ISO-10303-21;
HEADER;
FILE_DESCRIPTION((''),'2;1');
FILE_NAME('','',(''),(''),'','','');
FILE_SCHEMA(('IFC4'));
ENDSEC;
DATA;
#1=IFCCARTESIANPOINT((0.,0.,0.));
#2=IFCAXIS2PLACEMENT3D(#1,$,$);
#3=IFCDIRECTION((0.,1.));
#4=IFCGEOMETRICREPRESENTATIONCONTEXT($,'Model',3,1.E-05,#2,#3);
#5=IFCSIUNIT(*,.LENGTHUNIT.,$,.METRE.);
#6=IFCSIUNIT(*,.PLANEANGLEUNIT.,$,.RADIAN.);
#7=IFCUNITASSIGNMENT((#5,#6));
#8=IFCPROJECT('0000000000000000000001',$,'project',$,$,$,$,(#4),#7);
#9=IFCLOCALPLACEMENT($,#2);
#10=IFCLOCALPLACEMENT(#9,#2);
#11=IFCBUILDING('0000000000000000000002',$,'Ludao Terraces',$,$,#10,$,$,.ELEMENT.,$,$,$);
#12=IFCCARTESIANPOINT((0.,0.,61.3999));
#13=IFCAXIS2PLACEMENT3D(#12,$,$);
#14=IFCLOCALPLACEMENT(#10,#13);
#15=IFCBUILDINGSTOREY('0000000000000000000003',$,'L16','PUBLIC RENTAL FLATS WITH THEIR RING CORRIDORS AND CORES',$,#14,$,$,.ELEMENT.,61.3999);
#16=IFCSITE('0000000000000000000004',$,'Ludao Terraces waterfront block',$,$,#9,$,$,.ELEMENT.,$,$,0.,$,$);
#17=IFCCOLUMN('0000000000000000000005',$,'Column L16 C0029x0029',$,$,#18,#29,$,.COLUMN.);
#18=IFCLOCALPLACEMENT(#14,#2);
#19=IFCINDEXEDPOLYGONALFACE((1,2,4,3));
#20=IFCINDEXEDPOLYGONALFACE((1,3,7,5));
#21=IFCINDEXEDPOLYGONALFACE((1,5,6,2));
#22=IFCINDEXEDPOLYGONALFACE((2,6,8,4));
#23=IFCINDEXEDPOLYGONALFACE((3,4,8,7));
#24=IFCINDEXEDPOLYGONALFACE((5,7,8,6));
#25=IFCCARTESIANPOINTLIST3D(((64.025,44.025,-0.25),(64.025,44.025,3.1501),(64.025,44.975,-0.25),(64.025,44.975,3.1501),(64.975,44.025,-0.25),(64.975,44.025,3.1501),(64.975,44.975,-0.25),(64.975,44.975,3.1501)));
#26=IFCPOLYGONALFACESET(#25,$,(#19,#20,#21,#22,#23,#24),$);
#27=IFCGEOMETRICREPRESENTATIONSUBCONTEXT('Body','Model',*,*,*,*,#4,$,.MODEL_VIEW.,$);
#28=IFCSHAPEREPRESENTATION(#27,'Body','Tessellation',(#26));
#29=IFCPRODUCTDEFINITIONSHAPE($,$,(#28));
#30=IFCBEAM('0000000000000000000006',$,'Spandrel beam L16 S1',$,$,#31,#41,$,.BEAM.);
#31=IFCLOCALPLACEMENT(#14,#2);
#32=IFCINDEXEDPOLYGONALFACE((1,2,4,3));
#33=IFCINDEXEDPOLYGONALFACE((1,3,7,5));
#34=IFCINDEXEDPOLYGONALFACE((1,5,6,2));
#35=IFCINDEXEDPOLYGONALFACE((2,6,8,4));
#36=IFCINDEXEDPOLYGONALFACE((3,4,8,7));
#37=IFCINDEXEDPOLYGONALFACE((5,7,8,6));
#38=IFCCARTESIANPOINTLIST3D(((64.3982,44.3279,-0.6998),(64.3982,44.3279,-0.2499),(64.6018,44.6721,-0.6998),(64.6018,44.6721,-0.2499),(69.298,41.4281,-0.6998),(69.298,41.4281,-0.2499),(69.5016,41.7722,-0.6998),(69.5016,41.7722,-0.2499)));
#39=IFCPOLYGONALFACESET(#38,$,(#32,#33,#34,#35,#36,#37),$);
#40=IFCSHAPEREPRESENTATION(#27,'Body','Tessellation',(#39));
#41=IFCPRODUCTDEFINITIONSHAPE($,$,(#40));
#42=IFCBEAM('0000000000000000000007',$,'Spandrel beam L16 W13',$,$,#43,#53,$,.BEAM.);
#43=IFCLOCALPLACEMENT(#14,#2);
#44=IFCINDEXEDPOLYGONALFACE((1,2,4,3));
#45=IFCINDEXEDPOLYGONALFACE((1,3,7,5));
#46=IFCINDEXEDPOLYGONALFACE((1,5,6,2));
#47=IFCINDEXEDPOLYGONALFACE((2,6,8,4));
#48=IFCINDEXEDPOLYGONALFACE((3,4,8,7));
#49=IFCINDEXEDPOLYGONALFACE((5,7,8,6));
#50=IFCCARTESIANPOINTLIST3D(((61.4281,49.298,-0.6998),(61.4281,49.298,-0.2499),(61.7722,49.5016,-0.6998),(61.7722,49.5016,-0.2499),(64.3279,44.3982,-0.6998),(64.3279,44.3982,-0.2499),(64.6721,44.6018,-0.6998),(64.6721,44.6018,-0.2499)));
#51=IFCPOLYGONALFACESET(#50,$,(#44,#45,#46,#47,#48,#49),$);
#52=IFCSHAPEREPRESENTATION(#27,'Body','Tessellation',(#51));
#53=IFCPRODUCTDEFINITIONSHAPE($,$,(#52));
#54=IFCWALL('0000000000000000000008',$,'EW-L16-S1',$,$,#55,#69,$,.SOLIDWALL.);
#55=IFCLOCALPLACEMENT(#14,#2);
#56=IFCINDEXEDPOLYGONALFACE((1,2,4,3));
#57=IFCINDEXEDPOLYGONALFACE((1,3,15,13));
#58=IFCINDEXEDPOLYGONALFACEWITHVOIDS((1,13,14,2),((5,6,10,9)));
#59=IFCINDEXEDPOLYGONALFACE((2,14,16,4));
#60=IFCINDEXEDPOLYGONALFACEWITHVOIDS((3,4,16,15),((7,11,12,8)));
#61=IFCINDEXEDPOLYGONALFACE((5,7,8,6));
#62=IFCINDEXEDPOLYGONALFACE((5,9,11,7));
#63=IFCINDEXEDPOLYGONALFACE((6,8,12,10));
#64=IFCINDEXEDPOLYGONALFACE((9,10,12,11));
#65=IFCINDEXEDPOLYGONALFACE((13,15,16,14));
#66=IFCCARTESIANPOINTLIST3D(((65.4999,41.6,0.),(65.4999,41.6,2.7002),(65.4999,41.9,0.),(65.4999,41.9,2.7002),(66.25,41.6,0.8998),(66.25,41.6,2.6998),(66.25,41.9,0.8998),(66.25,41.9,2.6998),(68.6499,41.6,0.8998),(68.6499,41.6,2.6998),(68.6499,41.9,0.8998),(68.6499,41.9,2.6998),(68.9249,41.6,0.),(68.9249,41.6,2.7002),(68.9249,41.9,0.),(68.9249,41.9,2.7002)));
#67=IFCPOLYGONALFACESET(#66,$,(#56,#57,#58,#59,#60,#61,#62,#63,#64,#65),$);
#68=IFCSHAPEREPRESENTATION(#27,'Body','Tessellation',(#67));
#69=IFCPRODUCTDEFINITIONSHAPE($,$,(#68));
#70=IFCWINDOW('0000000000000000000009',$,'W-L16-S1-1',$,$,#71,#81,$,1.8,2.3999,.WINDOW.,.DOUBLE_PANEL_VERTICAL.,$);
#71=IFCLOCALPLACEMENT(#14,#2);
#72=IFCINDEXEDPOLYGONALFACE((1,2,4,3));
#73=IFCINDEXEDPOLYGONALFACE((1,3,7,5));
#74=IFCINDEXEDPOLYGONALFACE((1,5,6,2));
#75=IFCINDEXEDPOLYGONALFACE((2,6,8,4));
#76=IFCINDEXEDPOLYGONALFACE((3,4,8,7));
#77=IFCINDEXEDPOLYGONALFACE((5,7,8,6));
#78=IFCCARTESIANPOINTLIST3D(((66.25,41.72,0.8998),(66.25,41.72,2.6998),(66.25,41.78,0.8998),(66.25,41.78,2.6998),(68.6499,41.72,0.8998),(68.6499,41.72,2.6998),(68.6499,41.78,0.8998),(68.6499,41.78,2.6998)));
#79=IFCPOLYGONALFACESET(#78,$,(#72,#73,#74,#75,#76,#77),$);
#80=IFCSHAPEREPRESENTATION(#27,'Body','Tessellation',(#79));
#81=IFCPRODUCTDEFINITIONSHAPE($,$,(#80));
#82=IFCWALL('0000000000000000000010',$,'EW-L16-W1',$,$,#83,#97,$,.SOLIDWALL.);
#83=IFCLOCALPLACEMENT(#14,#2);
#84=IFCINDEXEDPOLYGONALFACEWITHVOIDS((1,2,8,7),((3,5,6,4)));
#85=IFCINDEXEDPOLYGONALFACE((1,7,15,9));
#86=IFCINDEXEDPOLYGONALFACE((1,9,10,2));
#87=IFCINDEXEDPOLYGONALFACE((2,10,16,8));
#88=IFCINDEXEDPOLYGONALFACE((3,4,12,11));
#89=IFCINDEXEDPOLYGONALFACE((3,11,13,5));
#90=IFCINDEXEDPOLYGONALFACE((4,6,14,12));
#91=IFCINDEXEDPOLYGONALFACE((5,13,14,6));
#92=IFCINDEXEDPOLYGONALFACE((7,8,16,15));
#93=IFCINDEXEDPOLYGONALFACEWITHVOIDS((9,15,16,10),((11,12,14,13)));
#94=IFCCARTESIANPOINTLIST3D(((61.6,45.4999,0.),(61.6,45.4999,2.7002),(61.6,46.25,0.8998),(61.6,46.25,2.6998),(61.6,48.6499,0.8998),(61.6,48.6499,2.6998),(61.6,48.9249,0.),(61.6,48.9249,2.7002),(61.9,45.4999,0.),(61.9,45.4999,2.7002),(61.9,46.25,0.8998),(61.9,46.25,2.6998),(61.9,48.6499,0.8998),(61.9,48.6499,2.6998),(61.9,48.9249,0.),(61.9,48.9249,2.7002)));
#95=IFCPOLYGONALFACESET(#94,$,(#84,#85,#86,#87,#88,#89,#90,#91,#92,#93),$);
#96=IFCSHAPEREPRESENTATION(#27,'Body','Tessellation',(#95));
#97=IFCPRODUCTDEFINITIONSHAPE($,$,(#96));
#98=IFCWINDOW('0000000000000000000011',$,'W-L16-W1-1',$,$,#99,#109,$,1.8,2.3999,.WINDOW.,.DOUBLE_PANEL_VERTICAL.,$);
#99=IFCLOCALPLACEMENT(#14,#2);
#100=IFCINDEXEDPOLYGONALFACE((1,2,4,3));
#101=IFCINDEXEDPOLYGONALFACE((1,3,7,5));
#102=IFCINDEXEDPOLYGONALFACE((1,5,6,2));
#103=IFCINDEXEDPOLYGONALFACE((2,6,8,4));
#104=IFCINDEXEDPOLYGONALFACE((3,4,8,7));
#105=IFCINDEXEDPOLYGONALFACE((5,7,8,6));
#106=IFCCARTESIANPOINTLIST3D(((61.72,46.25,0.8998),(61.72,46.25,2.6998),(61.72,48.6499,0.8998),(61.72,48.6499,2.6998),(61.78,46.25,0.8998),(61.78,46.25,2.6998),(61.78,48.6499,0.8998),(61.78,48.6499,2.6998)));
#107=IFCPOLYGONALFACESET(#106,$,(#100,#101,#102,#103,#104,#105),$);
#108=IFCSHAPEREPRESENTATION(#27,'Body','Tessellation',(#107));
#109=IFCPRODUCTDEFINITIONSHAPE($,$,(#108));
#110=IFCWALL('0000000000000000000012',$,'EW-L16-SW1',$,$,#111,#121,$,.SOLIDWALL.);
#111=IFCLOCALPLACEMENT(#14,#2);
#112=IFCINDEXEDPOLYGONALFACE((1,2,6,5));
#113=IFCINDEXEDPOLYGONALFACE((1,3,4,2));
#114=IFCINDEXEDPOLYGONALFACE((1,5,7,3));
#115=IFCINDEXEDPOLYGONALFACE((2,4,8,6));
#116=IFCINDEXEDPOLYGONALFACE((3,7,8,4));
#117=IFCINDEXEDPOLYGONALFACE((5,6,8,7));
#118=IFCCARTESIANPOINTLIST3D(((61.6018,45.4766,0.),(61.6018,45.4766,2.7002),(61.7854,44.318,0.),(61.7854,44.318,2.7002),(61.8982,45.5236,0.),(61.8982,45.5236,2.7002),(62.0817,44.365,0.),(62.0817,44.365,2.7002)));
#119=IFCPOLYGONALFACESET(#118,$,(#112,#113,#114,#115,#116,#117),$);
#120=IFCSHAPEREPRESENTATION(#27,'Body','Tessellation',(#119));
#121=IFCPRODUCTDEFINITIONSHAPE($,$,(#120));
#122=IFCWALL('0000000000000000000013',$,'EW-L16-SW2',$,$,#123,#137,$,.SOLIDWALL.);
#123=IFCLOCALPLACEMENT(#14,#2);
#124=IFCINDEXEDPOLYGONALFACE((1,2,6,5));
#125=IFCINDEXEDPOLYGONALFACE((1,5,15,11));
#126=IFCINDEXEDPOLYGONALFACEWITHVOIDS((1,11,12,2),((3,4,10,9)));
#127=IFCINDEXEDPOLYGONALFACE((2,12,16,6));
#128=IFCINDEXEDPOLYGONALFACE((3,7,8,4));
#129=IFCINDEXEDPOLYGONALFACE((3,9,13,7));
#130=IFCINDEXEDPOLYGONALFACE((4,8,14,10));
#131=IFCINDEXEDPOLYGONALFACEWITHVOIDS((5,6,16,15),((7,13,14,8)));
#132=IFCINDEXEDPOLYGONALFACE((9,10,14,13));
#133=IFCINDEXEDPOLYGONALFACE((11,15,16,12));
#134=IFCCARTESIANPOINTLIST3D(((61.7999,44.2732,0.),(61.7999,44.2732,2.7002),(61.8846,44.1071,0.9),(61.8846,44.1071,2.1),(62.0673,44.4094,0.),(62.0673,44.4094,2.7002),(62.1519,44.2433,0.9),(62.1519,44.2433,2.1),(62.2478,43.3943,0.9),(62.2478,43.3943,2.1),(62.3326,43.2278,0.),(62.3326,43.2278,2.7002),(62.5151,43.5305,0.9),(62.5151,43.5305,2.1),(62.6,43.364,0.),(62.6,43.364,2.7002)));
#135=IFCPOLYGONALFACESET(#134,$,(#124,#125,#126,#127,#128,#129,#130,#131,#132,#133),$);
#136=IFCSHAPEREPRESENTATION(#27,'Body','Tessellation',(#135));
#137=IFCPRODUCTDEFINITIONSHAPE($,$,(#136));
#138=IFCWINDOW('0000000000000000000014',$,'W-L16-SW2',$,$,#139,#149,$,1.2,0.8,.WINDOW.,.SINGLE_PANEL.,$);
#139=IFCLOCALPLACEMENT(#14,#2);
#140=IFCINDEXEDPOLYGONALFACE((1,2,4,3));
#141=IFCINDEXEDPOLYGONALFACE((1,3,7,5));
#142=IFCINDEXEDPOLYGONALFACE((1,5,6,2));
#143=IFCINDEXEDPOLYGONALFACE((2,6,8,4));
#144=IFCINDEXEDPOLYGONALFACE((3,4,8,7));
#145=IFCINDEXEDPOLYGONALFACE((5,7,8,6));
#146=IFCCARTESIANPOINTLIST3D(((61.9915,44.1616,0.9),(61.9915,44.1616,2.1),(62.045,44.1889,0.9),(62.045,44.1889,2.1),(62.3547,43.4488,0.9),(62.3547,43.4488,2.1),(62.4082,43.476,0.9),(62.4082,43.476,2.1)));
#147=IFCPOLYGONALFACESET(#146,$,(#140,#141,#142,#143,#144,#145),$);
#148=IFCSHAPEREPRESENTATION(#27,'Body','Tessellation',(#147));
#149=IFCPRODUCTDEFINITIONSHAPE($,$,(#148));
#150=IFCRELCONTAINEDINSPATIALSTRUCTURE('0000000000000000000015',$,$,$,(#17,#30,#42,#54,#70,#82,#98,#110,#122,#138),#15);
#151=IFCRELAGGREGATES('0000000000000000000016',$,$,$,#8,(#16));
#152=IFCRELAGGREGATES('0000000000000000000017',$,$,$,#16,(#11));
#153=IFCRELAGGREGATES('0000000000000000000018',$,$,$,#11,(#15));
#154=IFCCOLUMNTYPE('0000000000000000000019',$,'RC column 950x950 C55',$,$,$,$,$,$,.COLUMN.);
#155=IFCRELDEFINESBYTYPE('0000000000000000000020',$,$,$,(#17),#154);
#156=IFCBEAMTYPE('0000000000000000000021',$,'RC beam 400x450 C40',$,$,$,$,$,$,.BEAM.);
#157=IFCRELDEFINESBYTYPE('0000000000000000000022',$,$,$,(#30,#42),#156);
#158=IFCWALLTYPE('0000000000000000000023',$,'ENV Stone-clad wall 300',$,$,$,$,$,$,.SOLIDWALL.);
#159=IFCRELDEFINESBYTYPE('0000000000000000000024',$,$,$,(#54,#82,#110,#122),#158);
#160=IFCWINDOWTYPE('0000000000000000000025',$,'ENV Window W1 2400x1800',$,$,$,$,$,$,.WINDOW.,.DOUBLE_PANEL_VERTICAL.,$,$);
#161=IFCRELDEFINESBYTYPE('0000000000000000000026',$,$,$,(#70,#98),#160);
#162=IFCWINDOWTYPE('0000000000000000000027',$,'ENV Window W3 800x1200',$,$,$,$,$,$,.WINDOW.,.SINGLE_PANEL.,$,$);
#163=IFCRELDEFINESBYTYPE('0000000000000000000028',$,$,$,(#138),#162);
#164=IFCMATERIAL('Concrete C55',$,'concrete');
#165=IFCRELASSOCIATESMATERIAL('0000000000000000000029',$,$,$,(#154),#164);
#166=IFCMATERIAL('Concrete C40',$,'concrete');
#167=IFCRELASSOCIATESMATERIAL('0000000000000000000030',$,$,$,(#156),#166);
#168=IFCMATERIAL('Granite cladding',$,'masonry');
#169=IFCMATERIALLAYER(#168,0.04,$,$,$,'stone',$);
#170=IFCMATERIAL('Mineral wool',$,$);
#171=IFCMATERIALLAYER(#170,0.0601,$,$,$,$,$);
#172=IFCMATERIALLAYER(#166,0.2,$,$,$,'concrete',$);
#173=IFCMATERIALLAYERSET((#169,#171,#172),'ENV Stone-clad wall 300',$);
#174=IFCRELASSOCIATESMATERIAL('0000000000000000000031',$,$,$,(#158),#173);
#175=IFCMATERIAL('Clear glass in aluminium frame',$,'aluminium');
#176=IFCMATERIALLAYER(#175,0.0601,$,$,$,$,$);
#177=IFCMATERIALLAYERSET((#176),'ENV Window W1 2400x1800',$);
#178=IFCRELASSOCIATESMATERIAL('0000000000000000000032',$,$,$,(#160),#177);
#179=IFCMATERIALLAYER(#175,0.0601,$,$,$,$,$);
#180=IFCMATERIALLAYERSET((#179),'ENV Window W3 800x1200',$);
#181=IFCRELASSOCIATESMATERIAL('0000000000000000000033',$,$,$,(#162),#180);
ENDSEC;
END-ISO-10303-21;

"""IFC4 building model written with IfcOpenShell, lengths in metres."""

from ifc_helpers import new_model, si_unit, direction, frame, frame_2d, origin, origin_2d, place, context, subcontext, project, spatial, rectangle, extrude, material, layer, layer_set, material_profile, profile_set, type_object, element, fill, save


model = new_model("IFC4")

# Units and contexts
model_context = context("Model", 3, precision=1e-05, world=origin(), true_north=direction((0.0, 1.0)))
body_context = subcontext(model_context, "Body", "Model", "MODEL_VIEW")
ifc_project = project(units=[si_unit("LENGTHUNIT", "METRE"), si_unit("PLANEANGLEUNIT", "RADIAN")], contexts=[model_context])

# Site, building, storey
site_placement = place(None, origin())
site = spatial("IfcSite", under=ifc_project, at=site_placement, Name="Ludao Terraces waterfront block", CompositionType="ELEMENT", RefElevation=0.0)
building_placement = place(site_placement, origin())
building = spatial("IfcBuilding", under=site, at=building_placement, Name="Ludao Terraces", CompositionType="ELEMENT")
storey_placement = place(building_placement, frame((0.0, 0.0, 61.3999)))
storey = spatial("IfcBuildingStorey", under=building, at=storey_placement, Name="L16", Description="PUBLIC RENTAL FLATS WITH THEIR RING CORRIDORS AND CORES", CompositionType="ELEMENT", Elevation=61.3999)

# Column
ifc_material_1 = material(Name="Concrete C55", Category="concrete")
ifc_material_profile_1 = material_profile(ifc_material_1, rectangle(XDim=0.95, YDim=0.95, at=origin_2d()), Name="950 X 950")
ifc_profile_set_1 = profile_set([ifc_material_profile_1], Name="Concrete C55")
column_type = type_object("IfcColumnType", Name="RC column 950x950 C55", PredefinedType="COLUMN", material=ifc_profile_set_1)
column_placement = place(storey_placement, frame((64.5, 44.5, -0.25), z_axis=(0.0, 0.0, 1.0), x_axis=(1.0, 0.0, 0.0)))
element("IfcColumn", 1, at=column_placement, inside=storey, type_object=column_type, Name="Column L16 C0029x0029", PredefinedType="COLUMN", context=body_context, shape_type="SweptSolid", body=[
    extrude(rectangle(XDim=0.95, YDim=0.95, at=origin_2d()), origin(), (0.0, 0.0, 1.0), 3.4001),
])

# Beams
ifc_material_2 = material(Name="Concrete C40", Category="concrete")
ifc_material_profile_2 = material_profile(ifc_material_2, rectangle(XDim=0.3999, YDim=0.45, at=origin_2d()), Name="400 X 450")
ifc_profile_set_2 = profile_set([ifc_material_profile_2], Name="Concrete C40")
beam_type = type_object("IfcBeamType", Name="RC beam 400x450 C40", PredefinedType="BEAM", material=ifc_profile_set_2)
for number, where, z_axis, x_axis, name in (
    (2, (64.5, 44.5, -0.4749), (0.86058, -0.509316, 0.0), (0.509316, 0.86058, 0.0), "Spandrel beam L16 S1"),
    (3, (64.5, 44.5, -0.4749), (-0.509316, 0.86058, 0.0), (-0.86058, -0.509316, 0.0), "Spandrel beam L16 W13"),
):
    element("IfcBeam", number, at=place(storey_placement, frame(where, z_axis=z_axis, x_axis=x_axis)), inside=storey, type_object=beam_type, Name=name, PredefinedType="BEAM", context=body_context, shape_type="SweptSolid", body=[
        extrude(rectangle(XDim=0.3999, YDim=0.45, at=origin_2d()), origin(), (0.0, 0.0, 1.0), 5.6936),
    ])

# Walls, openings, windows
ifc_material_3 = material(Name="Granite cladding", Category="masonry")
ifc_layer_1 = layer(ifc_material_3, 0.04, Category="stone")
ifc_material_4 = material(Name="Mineral wool")
ifc_layer_2 = layer(ifc_material_4, 0.0601)
ifc_layer_3 = layer(ifc_material_2, 0.2, Category="concrete")
ifc_layer_set_1 = layer_set([ifc_layer_1, ifc_layer_2, ifc_layer_3], Name="ENV Stone-clad wall 300")
wall_type_1 = type_object("IfcWallType", Name="ENV Stone-clad wall 300", PredefinedType="SOLIDWALL", material=ifc_layer_set_1)
wall_1_placement = place(storey_placement, frame((65.5, 41.75, 0.0), z_axis=(0.0, 0.0, 1.0), x_axis=(1.0, 0.0, 0.0)))
wall_1 = element("IfcWall", 4, at=wall_1_placement, inside=storey, type_object=wall_type_1, Name="EW-L16-S1", PredefinedType="SOLIDWALL", context=body_context, shape_type="SweptSolid", body=[
    extrude(rectangle(XDim=3.425, YDim=0.3, at=frame_2d((1.7124, 0.0))), origin(), (0.0, 0.0, 1.0), 2.7002),
])
opening_1_placement = place(wall_1_placement, frame((0.75, 0.0, 0.8999)))
opening_1 = element("IfcOpeningElement", 5, at=opening_1_placement, cuts=wall_1, PredefinedType="OPENING", context=body_context, shape_type="SweptSolid", body=[
    extrude(rectangle(XDim=2.3999, YDim=1.8, at=frame_2d((1.2, 0.8999))), frame((0.0, 0.1602, 0.0), z_axis=(0.0, -1.0, 0.0), x_axis=(1.0, 0.0, 0.0)), (0.0, 0.0, 1.0), 0.3201),
])
ifc_material_5 = material(Name="Clear glass in aluminium frame", Category="aluminium")
ifc_layer_4 = layer(ifc_material_5, 0.0601)
ifc_layer_set_2 = layer_set([ifc_layer_4], Name="ENV Window W1 2400x1800")
window_type_1 = type_object("IfcWindowType", Name="ENV Window W1 2400x1800", PartitioningType="DOUBLE_PANEL_VERTICAL", PredefinedType="WINDOW", material=ifc_layer_set_2)
window_1_placement = place(opening_1_placement, origin())
window_1 = element("IfcWindow", 6, at=window_1_placement, inside=storey, type_object=window_type_1, Name="W-L16-S1-1", OverallHeight=1.8, OverallWidth=2.3999, PartitioningType="DOUBLE_PANEL_VERTICAL", PredefinedType="WINDOW", context=body_context, shape_type="SweptSolid", body=[
    extrude(rectangle(XDim=2.3999, YDim=1.8, at=frame_2d((1.2, 0.8999))), frame((0.0, 0.03, 0.0), z_axis=(0.0, -1.0, 0.0), x_axis=(1.0, 0.0, 0.0)), (0.0, 0.0, 1.0), 0.0601),
])
fill(opening_1, window_1)
wall_2_placement = place(storey_placement, frame((61.75, 45.5, 0.0), z_axis=(0.0, 0.0, 1.0), x_axis=(0.0, 1.0, 0.0)))
wall_2 = element("IfcWall", 7, at=wall_2_placement, inside=storey, type_object=wall_type_1, Name="EW-L16-W1", PredefinedType="SOLIDWALL", context=body_context, shape_type="SweptSolid", body=[
    extrude(rectangle(XDim=3.425, YDim=0.3, at=frame_2d((1.7124, 0.0))), origin(), (0.0, 0.0, 1.0), 2.7002),
])
opening_2_placement = place(wall_2_placement, frame((0.75, 0.0, 0.8999)))
opening_2 = element("IfcOpeningElement", 8, at=opening_2_placement, cuts=wall_2, PredefinedType="OPENING", context=body_context, shape_type="SweptSolid", body=[
    extrude(rectangle(XDim=2.3999, YDim=1.8, at=frame_2d((1.2, 0.8999))), frame((0.0, 0.1602, 0.0), z_axis=(0.0, -1.0, 0.0), x_axis=(1.0, 0.0, 0.0)), (0.0, 0.0, 1.0), 0.3201),
])
window_2_placement = place(opening_2_placement, origin())
window_2 = element("IfcWindow", 9, at=window_2_placement, inside=storey, type_object=window_type_1, Name="W-L16-W1-1", OverallHeight=1.8, OverallWidth=2.3999, PartitioningType="DOUBLE_PANEL_VERTICAL", PredefinedType="WINDOW", context=body_context, shape_type="SweptSolid", body=[
    extrude(rectangle(XDim=2.3999, YDim=1.8, at=frame_2d((1.2, 0.8999))), frame((0.0, 0.03, 0.0), z_axis=(0.0, -1.0, 0.0), x_axis=(1.0, 0.0, 0.0)), (0.0, 0.0, 1.0), 0.0601),
])
fill(opening_2, window_2)

# Wall
wall_3_placement = place(storey_placement, frame((61.75, 45.5, 0.0), z_axis=(0.0, 0.0, 1.0), x_axis=(0.156497, -0.987678, 0.0)))
element("IfcWall", 10, at=wall_3_placement, inside=storey, type_object=wall_type_1, Name="EW-L16-SW1", PredefinedType="SOLIDWALL", context=body_context, shape_type="SweptSolid", body=[
    extrude(rectangle(XDim=1.1731, YDim=0.3, at=frame_2d((0.5864, 0.0))), origin(), (0.0, 0.0, 1.0), 2.7002),
])

# Wall, opening, window
wall_4_placement = place(storey_placement, frame((61.9336, 44.3413, 0.0), z_axis=(0.0, 0.0, 1.0), x_axis=(0.454026, -0.890989, 0.0)))
wall_4 = element("IfcWall", 11, at=wall_4_placement, inside=storey, type_object=wall_type_1, Name="EW-L16-SW2", PredefinedType="SOLIDWALL", context=body_context, shape_type="SweptSolid", body=[
    extrude(rectangle(XDim=1.1733, YDim=0.3, at=frame_2d((0.5867, 0.0))), origin(), (0.0, 0.0, 1.0), 2.7002),
])
opening_3_placement = place(wall_4_placement, frame((0.1865, 0.0, 0.8999)))
opening_3 = element("IfcOpeningElement", 12, at=opening_3_placement, cuts=wall_4, PredefinedType="OPENING", context=body_context, shape_type="SweptSolid", body=[
    extrude(rectangle(XDim=0.8, YDim=1.2, at=frame_2d((0.3999, 0.6001))), frame((0.0, 0.1602, 0.0), z_axis=(0.0, -1.0, 0.0), x_axis=(1.0, 0.0, 0.0)), (0.0, 0.0, 1.0), 0.3201),
])
ifc_layer_5 = layer(ifc_material_5, 0.0601)
ifc_layer_set_3 = layer_set([ifc_layer_5], Name="ENV Window W3 800x1200")
window_type_2 = type_object("IfcWindowType", Name="ENV Window W3 800x1200", PartitioningType="SINGLE_PANEL", PredefinedType="WINDOW", material=ifc_layer_set_3)
window_3_placement = place(opening_3_placement, origin())
window_3 = element("IfcWindow", 13, at=window_3_placement, inside=storey, type_object=window_type_2, Name="W-L16-SW2", OverallHeight=1.2, OverallWidth=0.8, PartitioningType="SINGLE_PANEL", PredefinedType="WINDOW", context=body_context, shape_type="SweptSolid", body=[
    extrude(rectangle(XDim=0.8, YDim=1.2, at=frame_2d((0.3999, 0.6001))), frame((0.0, 0.03, 0.0), z_axis=(0.0, -1.0, 0.0), x_axis=(1.0, 0.0, 0.0)), (0.0, 0.0, 1.0), 0.0601),
])
fill(opening_3, window_3)

save(model, "model.ifc")
